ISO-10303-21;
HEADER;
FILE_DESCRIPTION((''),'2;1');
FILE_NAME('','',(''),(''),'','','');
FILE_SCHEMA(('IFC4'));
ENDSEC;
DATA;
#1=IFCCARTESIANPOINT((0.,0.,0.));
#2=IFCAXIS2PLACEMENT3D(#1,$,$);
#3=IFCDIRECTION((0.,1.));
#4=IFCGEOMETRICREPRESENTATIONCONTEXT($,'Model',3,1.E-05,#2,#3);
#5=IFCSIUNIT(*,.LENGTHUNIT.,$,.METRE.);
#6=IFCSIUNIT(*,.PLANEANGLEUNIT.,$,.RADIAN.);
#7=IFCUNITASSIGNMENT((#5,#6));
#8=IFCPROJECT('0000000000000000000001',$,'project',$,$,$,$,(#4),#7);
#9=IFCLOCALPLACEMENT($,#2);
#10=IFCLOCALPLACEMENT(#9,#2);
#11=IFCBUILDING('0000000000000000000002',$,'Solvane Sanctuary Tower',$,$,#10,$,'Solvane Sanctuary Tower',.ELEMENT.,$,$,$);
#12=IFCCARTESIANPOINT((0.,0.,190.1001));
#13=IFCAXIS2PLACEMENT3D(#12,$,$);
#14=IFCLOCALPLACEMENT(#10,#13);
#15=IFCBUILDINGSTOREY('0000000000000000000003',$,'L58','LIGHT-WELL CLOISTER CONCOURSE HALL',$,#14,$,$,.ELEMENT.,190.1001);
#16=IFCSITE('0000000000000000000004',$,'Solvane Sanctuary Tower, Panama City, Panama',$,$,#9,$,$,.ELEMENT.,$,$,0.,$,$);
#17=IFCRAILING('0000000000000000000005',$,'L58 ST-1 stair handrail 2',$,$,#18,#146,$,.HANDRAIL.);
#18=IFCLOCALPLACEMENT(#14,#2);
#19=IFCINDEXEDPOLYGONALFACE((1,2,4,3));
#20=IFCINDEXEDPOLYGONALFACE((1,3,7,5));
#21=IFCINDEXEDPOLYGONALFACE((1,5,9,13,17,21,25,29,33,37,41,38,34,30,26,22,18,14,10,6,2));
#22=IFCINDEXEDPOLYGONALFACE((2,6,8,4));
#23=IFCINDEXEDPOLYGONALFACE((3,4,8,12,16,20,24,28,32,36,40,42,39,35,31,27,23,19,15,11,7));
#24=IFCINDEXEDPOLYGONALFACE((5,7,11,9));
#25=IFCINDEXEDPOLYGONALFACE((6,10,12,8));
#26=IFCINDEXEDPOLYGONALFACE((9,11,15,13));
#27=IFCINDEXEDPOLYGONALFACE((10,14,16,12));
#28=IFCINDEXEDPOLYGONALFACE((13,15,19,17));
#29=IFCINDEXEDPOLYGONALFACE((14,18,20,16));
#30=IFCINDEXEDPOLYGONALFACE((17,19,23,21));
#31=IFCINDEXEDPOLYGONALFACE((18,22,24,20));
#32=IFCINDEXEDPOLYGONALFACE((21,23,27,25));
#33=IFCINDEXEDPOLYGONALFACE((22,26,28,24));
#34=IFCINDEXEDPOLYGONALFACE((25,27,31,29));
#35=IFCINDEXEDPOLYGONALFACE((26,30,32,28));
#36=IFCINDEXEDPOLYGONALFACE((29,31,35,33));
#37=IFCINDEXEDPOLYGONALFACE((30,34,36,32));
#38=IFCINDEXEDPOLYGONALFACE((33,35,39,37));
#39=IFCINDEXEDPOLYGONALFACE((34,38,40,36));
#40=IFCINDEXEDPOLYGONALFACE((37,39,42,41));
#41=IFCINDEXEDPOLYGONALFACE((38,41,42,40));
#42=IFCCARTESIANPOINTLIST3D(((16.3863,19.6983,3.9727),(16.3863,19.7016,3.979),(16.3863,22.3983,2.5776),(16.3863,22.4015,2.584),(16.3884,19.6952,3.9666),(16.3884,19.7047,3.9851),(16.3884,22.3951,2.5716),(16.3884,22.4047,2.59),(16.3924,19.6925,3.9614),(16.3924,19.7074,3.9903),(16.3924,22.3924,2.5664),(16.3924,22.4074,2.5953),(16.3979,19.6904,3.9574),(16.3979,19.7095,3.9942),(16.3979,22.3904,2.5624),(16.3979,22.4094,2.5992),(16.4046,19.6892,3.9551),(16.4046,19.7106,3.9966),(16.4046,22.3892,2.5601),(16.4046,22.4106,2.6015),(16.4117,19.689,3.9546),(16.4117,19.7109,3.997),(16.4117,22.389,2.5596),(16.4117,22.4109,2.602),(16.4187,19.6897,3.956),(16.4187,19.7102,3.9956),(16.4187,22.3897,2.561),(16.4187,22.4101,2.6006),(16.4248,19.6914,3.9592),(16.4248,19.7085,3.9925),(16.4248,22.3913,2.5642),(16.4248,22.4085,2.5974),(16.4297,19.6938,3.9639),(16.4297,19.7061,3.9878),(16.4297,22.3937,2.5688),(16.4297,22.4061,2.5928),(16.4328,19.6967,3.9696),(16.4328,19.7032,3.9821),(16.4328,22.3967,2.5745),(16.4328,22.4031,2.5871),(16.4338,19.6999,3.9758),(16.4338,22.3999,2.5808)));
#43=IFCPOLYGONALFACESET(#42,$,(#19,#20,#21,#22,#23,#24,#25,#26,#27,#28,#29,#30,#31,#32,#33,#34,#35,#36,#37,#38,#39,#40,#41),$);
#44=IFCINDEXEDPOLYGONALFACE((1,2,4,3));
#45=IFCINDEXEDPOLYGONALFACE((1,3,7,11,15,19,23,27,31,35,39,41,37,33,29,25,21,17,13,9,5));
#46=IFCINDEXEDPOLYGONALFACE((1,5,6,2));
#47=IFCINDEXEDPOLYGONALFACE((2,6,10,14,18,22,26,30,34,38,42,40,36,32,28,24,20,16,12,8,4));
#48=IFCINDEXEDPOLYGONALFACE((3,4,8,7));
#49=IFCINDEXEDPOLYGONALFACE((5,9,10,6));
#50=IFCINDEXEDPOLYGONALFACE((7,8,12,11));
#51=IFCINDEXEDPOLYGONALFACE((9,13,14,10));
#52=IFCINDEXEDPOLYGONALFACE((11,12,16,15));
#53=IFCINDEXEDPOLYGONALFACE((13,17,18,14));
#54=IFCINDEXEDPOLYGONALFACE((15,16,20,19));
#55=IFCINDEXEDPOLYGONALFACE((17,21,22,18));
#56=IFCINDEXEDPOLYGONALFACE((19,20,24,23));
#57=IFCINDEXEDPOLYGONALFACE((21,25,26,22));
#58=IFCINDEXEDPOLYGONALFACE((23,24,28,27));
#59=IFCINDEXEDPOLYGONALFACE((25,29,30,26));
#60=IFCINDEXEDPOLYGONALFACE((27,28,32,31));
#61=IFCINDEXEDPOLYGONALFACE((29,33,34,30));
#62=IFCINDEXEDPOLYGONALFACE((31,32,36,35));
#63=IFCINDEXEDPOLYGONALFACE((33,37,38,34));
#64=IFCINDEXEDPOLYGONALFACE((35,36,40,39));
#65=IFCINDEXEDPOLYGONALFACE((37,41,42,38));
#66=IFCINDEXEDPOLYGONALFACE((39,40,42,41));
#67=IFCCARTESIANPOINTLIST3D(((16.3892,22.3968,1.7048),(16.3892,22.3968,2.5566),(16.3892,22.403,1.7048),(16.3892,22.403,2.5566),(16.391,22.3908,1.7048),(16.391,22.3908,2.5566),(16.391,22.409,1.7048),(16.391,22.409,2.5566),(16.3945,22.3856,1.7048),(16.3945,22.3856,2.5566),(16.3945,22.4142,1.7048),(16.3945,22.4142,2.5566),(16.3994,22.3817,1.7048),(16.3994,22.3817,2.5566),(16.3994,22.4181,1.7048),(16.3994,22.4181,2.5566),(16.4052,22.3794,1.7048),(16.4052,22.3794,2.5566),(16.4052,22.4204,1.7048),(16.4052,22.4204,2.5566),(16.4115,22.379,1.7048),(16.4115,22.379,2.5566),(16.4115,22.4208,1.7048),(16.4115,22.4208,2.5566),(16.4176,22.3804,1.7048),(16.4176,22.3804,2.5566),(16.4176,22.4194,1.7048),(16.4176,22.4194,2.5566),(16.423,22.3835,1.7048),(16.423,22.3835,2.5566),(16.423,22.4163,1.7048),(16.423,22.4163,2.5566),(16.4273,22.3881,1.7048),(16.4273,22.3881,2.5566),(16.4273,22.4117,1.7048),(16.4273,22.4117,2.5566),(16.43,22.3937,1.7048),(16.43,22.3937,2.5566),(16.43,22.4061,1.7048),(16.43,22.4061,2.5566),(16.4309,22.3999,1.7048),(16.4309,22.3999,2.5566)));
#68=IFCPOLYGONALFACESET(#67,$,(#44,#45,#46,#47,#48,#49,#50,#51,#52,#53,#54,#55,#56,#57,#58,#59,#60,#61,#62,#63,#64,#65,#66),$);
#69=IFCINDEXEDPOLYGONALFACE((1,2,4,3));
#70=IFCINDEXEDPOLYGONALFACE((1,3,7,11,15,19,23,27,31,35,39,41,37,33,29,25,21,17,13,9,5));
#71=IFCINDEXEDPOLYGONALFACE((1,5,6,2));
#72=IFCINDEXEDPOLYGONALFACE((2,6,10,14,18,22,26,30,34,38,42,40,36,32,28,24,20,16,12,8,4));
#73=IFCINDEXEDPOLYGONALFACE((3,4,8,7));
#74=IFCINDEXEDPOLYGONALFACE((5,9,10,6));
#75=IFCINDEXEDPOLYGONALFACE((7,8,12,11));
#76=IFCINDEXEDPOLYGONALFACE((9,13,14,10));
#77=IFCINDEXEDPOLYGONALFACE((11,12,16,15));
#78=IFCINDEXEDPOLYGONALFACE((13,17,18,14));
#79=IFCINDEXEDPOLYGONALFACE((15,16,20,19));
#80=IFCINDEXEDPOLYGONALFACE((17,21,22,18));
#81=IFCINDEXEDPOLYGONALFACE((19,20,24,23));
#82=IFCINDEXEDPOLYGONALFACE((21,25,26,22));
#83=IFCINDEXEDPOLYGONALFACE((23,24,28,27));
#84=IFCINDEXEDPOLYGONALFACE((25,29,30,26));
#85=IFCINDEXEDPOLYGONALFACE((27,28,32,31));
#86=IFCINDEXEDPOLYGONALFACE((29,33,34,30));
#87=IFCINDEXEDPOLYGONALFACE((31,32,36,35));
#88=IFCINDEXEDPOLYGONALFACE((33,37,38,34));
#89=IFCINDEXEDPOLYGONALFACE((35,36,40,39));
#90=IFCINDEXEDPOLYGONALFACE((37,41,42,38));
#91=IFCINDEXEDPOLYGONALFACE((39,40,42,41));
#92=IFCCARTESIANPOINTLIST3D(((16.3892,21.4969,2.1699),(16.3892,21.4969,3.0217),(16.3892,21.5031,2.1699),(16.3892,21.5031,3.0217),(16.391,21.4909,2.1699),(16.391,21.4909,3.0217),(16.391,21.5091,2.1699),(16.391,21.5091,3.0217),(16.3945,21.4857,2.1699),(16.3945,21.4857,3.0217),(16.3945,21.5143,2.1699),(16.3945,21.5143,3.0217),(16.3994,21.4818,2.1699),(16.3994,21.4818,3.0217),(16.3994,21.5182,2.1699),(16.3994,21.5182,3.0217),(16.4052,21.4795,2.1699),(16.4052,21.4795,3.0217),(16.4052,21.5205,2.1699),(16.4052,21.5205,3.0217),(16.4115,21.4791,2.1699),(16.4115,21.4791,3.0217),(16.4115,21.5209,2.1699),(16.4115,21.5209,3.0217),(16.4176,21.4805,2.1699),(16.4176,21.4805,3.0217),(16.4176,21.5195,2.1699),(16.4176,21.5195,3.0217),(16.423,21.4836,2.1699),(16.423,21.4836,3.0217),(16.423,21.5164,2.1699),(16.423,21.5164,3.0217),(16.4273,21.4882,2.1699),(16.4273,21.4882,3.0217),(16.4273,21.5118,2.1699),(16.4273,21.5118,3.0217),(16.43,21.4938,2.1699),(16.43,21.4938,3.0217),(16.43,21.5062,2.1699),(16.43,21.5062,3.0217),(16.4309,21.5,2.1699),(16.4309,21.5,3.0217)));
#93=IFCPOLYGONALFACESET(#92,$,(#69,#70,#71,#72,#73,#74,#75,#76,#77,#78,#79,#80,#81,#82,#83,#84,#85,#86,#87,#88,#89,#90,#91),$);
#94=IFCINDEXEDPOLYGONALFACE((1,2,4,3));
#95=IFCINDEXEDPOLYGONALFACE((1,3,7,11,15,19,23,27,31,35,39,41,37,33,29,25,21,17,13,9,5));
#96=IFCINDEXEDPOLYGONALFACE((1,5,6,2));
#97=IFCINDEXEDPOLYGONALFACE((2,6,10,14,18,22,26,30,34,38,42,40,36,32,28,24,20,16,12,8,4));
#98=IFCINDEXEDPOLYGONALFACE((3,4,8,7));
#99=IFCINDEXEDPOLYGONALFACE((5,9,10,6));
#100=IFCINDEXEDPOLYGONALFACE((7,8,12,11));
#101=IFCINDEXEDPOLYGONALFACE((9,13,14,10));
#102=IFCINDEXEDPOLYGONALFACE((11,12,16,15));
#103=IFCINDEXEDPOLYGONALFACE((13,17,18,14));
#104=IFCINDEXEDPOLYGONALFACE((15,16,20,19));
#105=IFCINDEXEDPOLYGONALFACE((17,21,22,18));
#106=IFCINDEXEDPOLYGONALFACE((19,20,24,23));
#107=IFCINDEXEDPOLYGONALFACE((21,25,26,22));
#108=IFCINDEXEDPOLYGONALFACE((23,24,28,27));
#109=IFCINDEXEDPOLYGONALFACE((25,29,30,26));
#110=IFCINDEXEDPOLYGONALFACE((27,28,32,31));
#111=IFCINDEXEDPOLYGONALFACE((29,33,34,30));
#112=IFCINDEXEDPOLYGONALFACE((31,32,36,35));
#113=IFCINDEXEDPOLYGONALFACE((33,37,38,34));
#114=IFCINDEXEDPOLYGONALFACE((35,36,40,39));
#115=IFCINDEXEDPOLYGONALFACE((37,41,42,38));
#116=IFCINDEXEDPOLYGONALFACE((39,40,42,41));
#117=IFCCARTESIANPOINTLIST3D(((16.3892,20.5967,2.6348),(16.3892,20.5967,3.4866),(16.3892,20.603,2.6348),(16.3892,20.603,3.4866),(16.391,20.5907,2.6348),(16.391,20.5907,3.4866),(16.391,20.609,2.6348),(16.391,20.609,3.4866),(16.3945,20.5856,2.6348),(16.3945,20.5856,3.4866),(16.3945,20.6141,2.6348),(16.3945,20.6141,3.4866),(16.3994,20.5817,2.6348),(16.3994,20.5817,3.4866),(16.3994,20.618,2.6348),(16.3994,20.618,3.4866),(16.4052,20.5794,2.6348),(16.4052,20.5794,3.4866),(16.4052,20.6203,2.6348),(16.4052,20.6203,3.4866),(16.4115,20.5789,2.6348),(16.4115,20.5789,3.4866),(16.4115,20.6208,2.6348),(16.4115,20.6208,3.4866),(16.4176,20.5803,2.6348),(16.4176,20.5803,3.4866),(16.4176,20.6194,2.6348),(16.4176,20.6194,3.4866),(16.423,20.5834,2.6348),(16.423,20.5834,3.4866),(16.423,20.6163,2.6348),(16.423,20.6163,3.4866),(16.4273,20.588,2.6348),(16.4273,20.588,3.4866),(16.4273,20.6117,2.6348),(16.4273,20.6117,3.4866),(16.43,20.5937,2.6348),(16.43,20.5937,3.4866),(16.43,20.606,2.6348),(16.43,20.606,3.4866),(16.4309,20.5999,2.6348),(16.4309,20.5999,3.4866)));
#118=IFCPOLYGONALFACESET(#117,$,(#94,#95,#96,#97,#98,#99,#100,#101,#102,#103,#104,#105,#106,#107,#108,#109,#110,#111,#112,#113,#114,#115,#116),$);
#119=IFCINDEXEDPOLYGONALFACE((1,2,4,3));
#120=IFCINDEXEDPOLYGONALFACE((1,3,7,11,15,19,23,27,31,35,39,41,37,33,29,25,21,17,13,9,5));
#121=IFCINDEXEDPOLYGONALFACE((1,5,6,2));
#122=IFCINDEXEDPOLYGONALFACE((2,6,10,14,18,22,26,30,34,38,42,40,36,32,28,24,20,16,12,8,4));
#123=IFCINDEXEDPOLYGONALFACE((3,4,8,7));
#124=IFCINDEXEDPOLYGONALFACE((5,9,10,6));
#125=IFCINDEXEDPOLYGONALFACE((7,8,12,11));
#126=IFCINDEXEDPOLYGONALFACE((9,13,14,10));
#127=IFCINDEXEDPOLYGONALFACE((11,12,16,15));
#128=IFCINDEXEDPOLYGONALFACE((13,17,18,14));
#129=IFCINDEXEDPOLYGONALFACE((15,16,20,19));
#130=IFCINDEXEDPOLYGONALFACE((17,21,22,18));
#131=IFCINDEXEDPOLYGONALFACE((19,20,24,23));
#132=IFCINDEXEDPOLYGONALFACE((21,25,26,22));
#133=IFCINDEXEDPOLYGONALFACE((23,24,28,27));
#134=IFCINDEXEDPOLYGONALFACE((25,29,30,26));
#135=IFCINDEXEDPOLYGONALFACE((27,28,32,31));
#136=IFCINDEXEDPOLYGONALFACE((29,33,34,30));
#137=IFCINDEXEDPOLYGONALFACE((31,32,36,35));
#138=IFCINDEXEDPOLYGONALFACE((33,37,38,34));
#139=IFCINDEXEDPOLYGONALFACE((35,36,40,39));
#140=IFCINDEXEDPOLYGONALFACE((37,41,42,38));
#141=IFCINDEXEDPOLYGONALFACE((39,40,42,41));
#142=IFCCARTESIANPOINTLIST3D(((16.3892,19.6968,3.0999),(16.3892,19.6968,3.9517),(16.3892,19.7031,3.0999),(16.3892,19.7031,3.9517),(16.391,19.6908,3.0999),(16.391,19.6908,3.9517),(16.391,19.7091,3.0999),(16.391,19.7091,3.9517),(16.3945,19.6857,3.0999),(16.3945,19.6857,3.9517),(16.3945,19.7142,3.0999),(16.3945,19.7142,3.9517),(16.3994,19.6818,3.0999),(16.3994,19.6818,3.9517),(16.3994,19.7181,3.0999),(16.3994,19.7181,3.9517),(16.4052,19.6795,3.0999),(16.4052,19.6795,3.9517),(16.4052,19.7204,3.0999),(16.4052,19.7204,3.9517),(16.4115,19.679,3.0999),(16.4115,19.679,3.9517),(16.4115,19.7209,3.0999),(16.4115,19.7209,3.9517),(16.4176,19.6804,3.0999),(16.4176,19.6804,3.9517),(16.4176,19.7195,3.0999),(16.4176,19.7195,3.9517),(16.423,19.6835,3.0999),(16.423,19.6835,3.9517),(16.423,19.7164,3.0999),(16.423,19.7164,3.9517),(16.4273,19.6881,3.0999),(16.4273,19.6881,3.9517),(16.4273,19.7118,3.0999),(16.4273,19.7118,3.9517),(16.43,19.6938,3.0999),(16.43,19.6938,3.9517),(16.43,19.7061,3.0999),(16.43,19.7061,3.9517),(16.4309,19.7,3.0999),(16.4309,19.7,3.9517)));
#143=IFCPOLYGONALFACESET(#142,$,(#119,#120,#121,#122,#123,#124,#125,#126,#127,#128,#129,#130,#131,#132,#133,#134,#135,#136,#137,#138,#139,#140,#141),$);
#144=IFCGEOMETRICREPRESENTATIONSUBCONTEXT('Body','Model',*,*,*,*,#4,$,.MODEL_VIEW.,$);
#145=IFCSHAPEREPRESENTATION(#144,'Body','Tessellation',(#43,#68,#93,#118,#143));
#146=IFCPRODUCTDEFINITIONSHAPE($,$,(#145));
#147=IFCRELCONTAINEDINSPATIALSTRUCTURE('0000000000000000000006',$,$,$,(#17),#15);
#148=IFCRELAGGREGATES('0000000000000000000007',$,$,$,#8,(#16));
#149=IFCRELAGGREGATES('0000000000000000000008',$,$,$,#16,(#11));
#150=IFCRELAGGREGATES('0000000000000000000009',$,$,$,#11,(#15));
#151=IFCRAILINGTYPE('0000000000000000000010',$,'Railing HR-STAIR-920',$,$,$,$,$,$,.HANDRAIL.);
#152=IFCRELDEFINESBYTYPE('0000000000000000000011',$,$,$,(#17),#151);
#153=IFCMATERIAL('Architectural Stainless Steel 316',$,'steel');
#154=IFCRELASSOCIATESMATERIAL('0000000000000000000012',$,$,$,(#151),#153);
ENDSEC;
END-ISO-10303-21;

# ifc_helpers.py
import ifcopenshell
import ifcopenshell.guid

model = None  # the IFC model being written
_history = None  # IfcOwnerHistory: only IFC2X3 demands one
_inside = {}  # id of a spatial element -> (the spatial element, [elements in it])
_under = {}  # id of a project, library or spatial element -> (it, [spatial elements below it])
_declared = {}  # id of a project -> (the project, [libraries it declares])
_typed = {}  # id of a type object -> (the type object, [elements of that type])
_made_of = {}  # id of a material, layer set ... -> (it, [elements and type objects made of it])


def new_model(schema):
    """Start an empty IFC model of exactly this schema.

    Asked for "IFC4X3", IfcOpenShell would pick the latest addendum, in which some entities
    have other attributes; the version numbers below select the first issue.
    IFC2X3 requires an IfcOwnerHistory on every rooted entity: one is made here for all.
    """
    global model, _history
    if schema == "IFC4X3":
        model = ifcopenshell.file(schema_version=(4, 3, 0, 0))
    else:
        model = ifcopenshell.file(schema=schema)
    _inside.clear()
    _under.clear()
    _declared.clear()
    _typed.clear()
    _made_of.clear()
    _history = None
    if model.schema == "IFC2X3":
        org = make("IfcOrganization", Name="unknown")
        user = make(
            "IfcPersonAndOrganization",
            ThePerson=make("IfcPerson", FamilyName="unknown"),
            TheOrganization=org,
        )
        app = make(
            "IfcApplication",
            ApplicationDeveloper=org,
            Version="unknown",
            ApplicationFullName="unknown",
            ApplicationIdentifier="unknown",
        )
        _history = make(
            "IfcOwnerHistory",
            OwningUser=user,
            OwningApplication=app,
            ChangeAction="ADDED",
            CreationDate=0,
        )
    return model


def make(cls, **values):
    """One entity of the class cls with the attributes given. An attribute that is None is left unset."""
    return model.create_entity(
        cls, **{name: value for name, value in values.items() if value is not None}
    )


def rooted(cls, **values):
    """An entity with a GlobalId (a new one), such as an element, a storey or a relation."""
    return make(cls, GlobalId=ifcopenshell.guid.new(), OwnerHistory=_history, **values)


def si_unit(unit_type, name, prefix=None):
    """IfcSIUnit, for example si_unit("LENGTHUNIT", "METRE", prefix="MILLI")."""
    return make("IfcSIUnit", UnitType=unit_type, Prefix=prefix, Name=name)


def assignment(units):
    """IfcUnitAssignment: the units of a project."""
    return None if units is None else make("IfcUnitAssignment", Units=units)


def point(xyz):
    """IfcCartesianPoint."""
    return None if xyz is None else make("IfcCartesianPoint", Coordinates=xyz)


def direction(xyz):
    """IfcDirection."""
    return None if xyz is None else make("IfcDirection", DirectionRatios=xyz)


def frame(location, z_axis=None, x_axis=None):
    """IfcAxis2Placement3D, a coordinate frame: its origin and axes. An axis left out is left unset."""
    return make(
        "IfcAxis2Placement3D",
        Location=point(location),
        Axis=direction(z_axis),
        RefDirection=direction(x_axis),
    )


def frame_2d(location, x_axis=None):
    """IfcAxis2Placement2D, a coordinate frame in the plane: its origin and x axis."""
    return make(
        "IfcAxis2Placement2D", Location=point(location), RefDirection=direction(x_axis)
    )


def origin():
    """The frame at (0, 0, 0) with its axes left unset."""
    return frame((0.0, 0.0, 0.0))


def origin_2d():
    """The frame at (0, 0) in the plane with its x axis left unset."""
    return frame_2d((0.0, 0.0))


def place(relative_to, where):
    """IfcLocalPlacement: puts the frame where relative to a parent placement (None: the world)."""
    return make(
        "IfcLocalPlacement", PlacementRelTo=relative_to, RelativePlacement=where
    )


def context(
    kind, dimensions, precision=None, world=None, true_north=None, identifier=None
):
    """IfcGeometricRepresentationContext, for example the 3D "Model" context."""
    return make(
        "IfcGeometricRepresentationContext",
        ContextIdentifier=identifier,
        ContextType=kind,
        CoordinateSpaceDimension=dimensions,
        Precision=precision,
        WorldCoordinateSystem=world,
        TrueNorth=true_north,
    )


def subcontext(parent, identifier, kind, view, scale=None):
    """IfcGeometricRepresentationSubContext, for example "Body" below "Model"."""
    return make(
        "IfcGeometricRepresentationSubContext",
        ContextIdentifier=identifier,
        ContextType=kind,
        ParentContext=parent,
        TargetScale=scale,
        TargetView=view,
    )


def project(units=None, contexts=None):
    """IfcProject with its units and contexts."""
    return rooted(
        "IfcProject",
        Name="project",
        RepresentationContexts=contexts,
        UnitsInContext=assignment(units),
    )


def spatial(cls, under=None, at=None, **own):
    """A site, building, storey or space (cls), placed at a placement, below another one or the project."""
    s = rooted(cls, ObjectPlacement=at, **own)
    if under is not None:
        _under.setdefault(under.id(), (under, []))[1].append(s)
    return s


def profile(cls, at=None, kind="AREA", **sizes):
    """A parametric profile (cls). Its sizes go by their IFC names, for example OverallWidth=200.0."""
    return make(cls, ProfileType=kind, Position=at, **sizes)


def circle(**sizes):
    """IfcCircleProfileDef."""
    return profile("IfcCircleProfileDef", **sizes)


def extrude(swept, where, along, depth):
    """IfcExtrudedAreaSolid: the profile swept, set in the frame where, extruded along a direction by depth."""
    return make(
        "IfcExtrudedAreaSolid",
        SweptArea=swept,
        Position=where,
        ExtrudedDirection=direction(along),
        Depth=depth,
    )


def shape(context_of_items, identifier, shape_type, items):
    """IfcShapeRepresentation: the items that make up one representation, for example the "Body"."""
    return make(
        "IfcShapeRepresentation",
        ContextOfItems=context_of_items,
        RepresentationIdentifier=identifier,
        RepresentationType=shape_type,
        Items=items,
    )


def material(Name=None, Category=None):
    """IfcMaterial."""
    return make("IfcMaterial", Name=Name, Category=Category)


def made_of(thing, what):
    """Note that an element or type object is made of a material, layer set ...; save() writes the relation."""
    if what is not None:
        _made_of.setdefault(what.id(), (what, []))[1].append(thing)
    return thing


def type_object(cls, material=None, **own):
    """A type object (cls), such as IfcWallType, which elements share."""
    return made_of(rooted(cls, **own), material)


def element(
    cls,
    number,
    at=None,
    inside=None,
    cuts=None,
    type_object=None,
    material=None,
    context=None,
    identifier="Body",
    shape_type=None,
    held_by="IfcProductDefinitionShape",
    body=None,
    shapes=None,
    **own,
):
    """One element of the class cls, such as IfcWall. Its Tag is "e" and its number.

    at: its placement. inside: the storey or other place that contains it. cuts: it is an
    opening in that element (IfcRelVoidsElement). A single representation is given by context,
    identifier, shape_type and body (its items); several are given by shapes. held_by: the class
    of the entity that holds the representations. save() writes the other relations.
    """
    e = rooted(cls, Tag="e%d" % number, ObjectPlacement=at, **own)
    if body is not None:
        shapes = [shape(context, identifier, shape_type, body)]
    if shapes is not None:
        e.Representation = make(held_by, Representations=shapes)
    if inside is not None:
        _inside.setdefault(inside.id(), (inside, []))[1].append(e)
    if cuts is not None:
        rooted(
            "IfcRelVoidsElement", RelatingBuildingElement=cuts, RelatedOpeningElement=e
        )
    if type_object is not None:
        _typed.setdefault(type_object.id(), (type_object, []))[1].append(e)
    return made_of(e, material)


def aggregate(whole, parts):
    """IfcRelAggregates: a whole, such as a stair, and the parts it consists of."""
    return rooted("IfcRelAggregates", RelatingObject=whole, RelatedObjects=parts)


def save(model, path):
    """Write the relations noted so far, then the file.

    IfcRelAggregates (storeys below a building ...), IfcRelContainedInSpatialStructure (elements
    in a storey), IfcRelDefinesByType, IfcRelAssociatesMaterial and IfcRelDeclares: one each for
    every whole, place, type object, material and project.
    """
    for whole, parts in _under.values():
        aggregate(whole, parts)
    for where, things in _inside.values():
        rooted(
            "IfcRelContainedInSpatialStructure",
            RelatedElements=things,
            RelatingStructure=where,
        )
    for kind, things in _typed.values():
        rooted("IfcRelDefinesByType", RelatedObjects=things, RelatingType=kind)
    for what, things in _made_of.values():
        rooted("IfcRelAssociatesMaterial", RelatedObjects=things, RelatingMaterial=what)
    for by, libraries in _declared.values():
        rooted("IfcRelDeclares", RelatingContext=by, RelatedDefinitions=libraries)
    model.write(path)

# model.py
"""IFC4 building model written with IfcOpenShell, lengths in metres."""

from ifc_helpers import new_model, si_unit, direction, frame, origin, origin_2d, place, context, subcontext, project, spatial, circle, extrude, material, type_object, element, save


model = new_model("IFC4")

# Units and contexts
model_context = context("Model", 3, precision=1e-05, world=origin(), true_north=direction((0.0, 1.0)))
body_context = subcontext(model_context, "Body", "Model", "MODEL_VIEW")
ifc_project = project(units=[si_unit("LENGTHUNIT", "METRE"), si_unit("PLANEANGLEUNIT", "RADIAN")], contexts=[model_context])

# Site, building, storey
site_placement = place(None, origin())
site = spatial("IfcSite", under=ifc_project, at=site_placement, Name="Solvane Sanctuary Tower, Panama City, Panama", CompositionType="ELEMENT", RefElevation=0.0)
building_placement = place(site_placement, origin())
building = spatial("IfcBuilding", under=site, at=building_placement, Name="Solvane Sanctuary Tower", LongName="Solvane Sanctuary Tower", CompositionType="ELEMENT")
storey_placement = place(building_placement, frame((0.0, 0.0, 190.1001)))
storey = spatial("IfcBuildingStorey", under=building, at=storey_placement, Name="L58", Description="LIGHT-WELL CLOISTER CONCOURSE HALL", CompositionType="ELEMENT", Elevation=190.1001)

# Railing
ifc_material_1 = material(Name="Architectural Stainless Steel 316", Category="steel")
railing_type_1 = type_object("IfcRailingType", Name="Railing HR-STAIR-920", PredefinedType="HANDRAIL", material=ifc_material_1)
railing_1_placement = place(storey_placement, frame((16.4099, 22.3999, 1.7048)))
element("IfcRailing", 1, at=railing_1_placement, inside=storey, type_object=railing_type_1, Name="L58 ST-1 stair handrail 2", PredefinedType="HANDRAIL", context=body_context, shape_type="SweptSolid", body=[
    extrude(circle(Radius=0.0239, at=origin_2d()), frame((0.0, 0.0, 0.876), z_axis=(0.0, -0.88842, 0.459032), x_axis=(1.0, 0.0, 0.0)), (0.0, 0.0, 1.0), 3.0391),
    extrude(circle(Radius=0.021, at=origin_2d()), origin(), (0.0, 0.0, 1.0), 0.8518),
    extrude(circle(Radius=0.021, at=origin_2d()), frame((0.0, -0.8999, 0.4651)), (0.0, 0.0, 1.0), 0.8518),
    extrude(circle(Radius=0.021, at=origin_2d()), frame((0.0, -1.8, 0.9299)), (0.0, 0.0, 1.0), 0.8518),
    extrude(circle(Radius=0.021, at=origin_2d()), frame((0.0, -2.7, 1.395)), (0.0, 0.0, 1.0), 0.8518),
])

save(model, "model.ifc")
